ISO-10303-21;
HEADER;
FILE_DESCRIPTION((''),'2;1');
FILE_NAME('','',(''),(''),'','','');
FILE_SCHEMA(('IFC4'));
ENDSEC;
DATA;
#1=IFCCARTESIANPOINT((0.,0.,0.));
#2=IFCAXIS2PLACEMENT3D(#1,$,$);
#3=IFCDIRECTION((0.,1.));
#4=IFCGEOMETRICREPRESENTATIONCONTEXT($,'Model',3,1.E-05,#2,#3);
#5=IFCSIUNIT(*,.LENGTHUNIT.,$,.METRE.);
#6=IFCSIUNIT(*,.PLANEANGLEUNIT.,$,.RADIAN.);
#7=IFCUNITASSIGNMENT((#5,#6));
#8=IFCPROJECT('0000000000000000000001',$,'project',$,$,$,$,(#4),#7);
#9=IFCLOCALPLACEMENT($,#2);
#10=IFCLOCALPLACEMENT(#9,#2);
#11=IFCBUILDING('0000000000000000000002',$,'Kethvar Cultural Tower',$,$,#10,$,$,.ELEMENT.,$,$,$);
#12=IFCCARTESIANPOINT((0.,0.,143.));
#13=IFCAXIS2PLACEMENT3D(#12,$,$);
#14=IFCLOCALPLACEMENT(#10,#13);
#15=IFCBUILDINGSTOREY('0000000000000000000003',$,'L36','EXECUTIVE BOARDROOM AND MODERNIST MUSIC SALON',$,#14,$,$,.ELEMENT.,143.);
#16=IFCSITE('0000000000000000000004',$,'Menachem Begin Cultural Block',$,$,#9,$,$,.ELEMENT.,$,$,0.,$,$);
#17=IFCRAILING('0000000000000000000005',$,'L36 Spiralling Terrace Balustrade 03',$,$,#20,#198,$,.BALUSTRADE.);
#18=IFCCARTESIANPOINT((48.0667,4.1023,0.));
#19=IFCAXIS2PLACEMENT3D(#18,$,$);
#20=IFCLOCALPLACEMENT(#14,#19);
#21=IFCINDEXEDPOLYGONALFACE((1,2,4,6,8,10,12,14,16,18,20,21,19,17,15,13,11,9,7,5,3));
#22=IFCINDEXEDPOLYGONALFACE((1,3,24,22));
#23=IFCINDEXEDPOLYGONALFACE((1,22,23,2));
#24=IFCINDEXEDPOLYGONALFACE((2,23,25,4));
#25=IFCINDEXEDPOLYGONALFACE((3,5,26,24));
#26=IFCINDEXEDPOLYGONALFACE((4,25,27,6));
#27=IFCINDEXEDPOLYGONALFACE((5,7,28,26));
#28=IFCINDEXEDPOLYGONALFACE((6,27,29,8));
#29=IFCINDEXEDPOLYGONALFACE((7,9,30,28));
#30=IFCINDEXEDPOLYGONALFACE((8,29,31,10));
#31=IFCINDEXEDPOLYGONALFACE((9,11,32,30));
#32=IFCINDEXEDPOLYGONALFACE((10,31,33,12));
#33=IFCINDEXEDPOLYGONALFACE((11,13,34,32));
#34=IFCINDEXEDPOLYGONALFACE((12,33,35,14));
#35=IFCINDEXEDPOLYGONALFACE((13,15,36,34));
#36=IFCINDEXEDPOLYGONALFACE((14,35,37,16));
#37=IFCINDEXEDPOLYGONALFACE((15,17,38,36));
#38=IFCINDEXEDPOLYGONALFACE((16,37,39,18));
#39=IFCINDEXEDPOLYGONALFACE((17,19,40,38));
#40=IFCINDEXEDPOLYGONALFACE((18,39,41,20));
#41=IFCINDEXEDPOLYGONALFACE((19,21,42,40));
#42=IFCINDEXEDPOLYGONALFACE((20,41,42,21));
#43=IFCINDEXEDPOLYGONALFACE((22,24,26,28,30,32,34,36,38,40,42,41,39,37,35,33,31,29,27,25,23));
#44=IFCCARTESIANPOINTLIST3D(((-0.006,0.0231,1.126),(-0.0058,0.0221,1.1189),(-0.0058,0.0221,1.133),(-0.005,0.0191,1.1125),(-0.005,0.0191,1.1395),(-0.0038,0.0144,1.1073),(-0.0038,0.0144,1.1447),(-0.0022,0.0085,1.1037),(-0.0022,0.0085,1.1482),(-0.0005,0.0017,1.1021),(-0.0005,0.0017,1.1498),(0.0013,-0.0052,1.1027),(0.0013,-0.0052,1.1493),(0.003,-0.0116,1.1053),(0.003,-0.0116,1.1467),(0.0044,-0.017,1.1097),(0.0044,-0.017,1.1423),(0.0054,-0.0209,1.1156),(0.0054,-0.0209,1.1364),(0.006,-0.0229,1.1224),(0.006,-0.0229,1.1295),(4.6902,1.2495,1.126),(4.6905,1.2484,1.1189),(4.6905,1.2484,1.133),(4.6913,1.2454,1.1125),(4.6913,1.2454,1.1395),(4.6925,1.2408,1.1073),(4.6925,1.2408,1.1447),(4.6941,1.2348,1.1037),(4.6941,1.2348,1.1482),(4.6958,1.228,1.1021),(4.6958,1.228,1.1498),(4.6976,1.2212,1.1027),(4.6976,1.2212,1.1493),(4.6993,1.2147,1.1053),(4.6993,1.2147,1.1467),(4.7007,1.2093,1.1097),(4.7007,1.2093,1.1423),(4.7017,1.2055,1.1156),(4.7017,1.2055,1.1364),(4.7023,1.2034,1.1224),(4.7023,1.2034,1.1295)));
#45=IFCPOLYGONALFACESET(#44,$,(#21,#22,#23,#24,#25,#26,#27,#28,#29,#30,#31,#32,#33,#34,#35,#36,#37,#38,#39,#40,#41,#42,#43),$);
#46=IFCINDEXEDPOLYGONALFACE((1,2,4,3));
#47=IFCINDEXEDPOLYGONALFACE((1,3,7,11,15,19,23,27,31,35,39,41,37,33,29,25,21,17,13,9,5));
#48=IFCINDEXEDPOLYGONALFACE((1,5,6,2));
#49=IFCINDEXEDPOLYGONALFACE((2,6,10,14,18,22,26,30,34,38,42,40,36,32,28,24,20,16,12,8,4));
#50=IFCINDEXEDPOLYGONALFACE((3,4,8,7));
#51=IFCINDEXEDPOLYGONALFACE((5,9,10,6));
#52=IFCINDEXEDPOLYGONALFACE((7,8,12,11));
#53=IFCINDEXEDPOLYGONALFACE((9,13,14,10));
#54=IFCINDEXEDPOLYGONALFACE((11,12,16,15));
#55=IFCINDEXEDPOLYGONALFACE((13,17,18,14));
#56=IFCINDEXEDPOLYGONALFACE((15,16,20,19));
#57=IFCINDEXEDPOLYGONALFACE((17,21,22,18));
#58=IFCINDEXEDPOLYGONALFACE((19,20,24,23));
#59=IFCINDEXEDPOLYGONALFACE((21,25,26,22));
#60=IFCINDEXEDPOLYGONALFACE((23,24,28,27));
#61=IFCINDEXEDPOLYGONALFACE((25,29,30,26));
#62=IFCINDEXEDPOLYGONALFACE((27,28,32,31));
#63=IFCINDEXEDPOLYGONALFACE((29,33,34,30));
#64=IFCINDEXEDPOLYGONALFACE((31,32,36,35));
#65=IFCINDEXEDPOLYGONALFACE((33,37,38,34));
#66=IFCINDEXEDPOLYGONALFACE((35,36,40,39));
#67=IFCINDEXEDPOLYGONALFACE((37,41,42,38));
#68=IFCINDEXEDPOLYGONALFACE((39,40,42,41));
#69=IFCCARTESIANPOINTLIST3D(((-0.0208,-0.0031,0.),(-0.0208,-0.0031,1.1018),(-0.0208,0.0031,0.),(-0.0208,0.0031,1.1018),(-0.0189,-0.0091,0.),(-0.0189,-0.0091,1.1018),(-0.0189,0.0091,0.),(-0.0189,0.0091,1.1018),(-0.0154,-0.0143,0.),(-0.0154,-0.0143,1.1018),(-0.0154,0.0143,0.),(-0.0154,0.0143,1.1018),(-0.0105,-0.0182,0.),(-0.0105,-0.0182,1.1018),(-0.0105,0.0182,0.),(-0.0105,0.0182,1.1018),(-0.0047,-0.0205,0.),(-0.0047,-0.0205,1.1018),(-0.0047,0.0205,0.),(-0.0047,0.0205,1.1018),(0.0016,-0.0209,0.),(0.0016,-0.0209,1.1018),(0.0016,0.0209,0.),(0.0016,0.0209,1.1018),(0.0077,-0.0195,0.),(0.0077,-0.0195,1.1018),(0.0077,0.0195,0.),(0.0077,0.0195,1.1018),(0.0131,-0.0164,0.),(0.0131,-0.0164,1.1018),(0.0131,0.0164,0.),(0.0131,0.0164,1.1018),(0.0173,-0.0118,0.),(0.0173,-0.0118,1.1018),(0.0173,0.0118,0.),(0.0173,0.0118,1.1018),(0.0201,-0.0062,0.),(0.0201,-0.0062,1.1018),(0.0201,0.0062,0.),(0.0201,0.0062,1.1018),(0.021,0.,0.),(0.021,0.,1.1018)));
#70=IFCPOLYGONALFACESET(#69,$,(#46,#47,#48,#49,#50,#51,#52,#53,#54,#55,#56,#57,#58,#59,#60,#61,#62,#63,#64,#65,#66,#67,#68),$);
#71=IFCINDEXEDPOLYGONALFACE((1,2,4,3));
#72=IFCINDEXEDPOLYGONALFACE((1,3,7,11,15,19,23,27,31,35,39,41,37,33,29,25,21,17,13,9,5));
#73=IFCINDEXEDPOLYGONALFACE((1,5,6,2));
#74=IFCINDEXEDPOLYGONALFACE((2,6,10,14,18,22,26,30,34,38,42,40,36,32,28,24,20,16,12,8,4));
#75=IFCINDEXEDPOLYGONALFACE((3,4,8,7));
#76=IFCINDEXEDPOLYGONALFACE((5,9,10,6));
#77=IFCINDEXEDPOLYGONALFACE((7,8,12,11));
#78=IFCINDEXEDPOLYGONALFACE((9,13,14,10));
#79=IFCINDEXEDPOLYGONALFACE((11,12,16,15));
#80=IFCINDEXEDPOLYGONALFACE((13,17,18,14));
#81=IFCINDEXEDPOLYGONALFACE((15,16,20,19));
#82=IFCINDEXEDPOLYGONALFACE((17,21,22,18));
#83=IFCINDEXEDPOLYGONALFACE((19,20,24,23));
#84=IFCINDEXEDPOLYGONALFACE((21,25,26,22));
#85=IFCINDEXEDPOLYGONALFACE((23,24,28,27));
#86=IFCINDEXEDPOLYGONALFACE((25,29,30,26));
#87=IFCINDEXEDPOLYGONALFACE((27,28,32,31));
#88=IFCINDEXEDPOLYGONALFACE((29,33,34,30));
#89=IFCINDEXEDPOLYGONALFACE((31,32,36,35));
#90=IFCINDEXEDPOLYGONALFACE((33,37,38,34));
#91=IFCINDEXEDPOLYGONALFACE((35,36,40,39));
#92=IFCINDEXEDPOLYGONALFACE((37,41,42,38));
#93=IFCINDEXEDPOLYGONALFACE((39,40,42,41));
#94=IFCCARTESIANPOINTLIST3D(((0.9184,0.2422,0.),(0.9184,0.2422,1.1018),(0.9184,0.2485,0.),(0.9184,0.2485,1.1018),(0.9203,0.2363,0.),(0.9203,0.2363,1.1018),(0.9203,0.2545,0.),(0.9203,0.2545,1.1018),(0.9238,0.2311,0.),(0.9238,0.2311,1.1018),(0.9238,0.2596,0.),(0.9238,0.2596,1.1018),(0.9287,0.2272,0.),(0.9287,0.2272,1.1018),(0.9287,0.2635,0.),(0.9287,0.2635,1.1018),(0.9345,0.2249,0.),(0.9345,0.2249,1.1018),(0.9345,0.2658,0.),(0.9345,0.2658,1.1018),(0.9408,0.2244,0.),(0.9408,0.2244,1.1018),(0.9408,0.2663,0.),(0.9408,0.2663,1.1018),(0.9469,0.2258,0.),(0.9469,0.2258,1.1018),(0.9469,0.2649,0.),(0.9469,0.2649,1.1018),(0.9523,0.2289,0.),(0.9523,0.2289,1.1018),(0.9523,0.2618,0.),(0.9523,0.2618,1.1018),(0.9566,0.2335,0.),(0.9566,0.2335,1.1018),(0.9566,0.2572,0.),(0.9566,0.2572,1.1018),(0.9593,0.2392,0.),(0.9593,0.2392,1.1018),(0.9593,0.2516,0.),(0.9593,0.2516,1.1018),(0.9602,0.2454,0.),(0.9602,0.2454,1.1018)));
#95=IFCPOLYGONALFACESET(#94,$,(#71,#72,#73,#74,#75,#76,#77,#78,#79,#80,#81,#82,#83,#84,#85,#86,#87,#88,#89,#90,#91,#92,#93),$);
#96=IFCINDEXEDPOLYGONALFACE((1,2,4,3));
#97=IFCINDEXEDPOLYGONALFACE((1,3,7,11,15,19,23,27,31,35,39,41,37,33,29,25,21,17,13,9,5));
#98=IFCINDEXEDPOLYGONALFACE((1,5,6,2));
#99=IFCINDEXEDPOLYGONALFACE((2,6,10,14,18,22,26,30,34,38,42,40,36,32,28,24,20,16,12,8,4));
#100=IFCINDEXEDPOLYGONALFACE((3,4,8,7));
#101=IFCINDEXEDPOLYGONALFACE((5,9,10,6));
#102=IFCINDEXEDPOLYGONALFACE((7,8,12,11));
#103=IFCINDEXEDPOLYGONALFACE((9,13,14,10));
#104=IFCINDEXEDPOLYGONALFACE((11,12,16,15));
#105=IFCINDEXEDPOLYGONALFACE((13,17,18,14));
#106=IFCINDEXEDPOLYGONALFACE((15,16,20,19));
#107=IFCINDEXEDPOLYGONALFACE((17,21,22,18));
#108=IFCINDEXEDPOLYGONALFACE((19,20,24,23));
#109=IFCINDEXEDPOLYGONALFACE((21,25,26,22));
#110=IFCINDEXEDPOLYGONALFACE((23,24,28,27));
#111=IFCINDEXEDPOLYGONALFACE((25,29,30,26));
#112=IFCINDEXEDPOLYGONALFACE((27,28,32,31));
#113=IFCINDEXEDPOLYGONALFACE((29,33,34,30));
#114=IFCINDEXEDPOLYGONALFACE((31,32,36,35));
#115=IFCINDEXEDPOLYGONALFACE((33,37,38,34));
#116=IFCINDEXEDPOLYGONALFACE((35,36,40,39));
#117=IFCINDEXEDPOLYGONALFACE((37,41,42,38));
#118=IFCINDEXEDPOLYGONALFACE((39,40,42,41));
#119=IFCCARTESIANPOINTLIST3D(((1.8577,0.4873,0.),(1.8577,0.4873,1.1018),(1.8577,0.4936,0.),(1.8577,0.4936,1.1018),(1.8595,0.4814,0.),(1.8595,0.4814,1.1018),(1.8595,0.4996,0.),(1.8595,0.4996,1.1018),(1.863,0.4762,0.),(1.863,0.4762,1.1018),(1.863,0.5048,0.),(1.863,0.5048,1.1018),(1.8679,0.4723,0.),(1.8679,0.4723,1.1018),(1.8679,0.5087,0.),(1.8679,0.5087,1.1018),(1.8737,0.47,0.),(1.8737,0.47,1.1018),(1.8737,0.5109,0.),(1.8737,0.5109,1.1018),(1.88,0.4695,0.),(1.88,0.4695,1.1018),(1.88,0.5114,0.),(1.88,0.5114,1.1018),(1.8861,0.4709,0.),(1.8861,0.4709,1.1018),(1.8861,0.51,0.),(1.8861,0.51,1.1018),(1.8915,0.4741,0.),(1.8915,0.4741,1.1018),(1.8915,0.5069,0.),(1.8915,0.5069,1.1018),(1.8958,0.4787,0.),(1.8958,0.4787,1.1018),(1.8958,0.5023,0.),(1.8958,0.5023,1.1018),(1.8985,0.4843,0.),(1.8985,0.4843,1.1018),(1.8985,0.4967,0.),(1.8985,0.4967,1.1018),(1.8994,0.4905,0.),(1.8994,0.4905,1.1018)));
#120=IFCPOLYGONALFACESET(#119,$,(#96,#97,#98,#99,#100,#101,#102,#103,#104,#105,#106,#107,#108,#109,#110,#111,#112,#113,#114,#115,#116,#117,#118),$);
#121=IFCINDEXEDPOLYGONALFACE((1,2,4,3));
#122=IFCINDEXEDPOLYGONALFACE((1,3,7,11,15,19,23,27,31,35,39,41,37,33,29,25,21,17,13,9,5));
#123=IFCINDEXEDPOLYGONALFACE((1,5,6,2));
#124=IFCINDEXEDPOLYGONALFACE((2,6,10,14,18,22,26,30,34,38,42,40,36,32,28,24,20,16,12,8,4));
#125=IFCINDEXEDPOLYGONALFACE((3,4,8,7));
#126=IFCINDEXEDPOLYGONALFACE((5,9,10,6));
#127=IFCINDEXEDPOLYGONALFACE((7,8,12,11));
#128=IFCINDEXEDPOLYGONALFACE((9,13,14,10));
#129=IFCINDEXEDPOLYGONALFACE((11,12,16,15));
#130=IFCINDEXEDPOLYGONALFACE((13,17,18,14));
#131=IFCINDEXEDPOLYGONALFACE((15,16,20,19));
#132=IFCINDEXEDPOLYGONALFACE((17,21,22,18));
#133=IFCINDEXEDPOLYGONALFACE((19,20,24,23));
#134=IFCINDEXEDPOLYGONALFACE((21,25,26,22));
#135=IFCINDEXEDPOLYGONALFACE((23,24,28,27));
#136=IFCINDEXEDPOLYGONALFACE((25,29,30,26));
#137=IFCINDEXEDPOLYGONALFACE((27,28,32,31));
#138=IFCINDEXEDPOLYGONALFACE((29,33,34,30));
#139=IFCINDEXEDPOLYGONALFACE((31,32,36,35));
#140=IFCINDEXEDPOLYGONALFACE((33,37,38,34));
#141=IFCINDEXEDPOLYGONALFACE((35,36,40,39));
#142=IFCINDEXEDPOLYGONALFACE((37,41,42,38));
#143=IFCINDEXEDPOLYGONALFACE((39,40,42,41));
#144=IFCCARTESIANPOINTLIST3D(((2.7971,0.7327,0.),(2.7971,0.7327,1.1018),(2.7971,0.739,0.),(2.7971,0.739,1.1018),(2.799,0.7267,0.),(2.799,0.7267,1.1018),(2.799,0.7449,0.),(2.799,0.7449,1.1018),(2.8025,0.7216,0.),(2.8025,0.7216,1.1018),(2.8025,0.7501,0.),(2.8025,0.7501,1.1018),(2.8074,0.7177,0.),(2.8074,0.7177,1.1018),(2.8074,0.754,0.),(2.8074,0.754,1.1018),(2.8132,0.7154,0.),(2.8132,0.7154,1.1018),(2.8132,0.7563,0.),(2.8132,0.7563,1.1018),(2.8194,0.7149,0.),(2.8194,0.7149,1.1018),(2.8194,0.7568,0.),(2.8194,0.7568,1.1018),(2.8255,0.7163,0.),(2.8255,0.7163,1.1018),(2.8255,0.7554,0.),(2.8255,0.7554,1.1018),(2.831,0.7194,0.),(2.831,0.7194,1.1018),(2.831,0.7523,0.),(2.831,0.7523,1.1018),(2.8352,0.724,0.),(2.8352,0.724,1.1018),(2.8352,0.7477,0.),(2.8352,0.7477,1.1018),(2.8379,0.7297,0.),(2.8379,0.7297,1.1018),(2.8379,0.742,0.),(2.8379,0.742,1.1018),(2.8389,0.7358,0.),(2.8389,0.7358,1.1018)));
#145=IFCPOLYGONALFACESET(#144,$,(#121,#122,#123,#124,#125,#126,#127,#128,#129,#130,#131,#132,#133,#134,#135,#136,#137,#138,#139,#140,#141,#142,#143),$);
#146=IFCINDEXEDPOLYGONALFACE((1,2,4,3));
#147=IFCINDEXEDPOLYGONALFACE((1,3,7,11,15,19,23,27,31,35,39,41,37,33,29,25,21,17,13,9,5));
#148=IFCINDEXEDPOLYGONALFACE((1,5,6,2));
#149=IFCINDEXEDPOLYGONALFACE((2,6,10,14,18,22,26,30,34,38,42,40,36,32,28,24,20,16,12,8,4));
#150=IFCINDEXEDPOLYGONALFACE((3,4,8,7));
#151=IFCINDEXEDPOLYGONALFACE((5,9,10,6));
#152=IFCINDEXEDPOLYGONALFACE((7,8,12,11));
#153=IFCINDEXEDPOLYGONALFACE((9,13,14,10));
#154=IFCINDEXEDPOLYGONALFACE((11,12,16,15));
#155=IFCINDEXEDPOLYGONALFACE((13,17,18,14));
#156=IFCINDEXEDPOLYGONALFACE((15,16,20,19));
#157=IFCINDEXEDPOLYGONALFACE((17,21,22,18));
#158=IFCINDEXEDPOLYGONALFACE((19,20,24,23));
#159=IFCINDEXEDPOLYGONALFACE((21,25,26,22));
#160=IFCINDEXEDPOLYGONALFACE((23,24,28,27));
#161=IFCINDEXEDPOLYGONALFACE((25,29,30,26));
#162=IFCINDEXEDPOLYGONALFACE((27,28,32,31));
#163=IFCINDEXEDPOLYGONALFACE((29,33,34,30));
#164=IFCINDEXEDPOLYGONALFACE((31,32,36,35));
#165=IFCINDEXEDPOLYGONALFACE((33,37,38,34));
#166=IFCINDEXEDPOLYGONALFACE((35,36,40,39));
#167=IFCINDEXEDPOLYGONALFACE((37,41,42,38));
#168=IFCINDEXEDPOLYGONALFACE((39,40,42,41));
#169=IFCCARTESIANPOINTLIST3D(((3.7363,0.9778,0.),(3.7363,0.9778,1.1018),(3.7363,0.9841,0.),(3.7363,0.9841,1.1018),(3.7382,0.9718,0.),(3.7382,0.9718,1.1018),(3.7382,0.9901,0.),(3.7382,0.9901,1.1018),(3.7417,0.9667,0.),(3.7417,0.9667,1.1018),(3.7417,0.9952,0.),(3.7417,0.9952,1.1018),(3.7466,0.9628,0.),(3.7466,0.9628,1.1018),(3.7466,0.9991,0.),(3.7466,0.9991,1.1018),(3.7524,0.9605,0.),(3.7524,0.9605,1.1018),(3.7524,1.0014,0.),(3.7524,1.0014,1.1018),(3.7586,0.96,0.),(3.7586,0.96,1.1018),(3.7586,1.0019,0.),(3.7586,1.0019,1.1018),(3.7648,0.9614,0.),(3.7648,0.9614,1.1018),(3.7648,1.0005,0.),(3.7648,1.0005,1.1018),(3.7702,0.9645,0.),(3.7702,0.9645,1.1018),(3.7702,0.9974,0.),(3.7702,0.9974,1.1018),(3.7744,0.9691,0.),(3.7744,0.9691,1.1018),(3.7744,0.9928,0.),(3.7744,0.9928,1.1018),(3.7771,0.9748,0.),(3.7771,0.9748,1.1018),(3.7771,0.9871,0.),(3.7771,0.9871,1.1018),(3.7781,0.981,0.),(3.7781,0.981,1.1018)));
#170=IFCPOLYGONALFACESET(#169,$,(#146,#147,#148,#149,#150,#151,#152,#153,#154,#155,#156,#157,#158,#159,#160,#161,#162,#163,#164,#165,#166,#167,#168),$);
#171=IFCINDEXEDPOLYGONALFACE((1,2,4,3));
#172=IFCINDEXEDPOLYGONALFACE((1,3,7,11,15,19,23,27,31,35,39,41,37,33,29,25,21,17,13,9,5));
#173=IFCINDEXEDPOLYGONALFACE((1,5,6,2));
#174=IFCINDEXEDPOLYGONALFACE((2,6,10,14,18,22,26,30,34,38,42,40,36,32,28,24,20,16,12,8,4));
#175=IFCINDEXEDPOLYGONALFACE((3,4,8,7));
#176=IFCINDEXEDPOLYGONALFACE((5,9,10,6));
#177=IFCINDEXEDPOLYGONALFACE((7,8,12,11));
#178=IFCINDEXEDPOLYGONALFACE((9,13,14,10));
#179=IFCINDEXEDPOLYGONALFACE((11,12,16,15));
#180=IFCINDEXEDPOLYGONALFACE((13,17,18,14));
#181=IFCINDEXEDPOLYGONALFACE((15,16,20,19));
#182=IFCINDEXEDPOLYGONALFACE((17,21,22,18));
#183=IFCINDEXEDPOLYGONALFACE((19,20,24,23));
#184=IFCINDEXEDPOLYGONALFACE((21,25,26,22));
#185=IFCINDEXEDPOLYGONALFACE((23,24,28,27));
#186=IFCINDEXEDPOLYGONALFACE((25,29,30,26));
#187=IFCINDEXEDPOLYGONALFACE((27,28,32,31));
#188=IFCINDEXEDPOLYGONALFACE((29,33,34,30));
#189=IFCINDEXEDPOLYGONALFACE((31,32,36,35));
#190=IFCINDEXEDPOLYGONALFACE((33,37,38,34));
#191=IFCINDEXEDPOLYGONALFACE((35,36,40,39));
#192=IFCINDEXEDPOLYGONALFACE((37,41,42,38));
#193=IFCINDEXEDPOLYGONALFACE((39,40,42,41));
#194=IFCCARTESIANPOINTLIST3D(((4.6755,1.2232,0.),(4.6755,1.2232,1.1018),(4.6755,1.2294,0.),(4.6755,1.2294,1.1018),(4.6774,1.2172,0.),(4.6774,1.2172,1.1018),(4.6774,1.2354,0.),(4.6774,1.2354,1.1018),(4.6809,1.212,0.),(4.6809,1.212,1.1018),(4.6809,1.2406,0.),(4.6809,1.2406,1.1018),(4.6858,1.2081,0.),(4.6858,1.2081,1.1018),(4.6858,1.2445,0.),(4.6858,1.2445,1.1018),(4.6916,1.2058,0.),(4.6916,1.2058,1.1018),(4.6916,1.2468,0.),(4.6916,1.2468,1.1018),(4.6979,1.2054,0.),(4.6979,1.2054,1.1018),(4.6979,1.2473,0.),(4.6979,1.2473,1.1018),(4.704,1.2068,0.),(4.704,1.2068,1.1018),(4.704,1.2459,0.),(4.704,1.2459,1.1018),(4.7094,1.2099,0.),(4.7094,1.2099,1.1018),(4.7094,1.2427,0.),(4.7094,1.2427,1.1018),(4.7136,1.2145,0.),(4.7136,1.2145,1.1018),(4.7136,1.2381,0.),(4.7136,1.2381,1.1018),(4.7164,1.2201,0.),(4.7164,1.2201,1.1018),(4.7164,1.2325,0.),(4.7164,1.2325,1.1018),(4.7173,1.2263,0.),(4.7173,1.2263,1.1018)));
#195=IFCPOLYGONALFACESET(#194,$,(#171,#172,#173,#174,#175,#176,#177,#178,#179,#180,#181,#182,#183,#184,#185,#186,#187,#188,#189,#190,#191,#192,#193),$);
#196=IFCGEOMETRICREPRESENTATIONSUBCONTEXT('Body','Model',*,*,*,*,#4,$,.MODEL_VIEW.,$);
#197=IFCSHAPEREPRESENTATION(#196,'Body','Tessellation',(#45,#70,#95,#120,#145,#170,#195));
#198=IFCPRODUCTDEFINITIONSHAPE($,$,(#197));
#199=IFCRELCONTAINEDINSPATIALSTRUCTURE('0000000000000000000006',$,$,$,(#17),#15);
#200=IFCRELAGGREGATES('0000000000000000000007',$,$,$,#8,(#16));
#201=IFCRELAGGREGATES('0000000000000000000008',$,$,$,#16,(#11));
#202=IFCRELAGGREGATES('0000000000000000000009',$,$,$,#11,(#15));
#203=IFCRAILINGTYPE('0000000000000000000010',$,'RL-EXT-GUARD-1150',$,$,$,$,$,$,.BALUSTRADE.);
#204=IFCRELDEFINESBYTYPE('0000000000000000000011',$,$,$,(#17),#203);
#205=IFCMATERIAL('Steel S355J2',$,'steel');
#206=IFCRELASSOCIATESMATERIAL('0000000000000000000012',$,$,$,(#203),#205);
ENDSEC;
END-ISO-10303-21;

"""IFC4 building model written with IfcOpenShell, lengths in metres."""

from ifc_helpers import new_model, si_unit, direction, frame, origin, origin_2d, place, context, subcontext, project, spatial, circle, extrude, material, type_object, element, save


model = new_model("IFC4")

# Units and contexts
model_context = context("Model", 3, precision=1e-05, world=origin(), true_north=direction((0.0, 1.0)))
body_context = subcontext(model_context, "Body", "Model", "MODEL_VIEW")
ifc_project = project(units=[si_unit("LENGTHUNIT", "METRE"), si_unit("PLANEANGLEUNIT", "RADIAN")], contexts=[model_context])

# Site, building, storey
site_placement = place(None, origin())
site = spatial("IfcSite", under=ifc_project, at=site_placement, Name="Menachem Begin Cultural Block", CompositionType="ELEMENT", RefElevation=0.0)
building_placement = place(site_placement, origin())
building = spatial("IfcBuilding", under=site, at=building_placement, Name="Kethvar Cultural Tower", CompositionType="ELEMENT")
storey_placement = place(building_placement, frame((0.0, 0.0, 143.0)))
storey = spatial("IfcBuildingStorey", under=building, at=storey_placement, Name="L36", Description="EXECUTIVE BOARDROOM AND MODERNIST MUSIC SALON", CompositionType="ELEMENT", Elevation=143.0)

# Shared definitions
ifc_material_1 = material(Name="Steel S355J2", Category="steel")

# Railing
railing_type = type_object("IfcRailingType", Name="RL-EXT-GUARD-1150", PredefinedType="BALUSTRADE", material=ifc_material_1)
railing_1_placement = place(storey_placement, frame((48.0667, 4.1023, 0.0)))
element("IfcRailing", 1, at=railing_1_placement, inside=storey, type_object=railing_type, Name="L36 Spiralling Terrace Balustrade 03", PredefinedType="BALUSTRADE", context=body_context, shape_type="SweptSolid", body=[
    extrude(circle(Radius=0.0239, at=origin_2d()), frame((0.0, 0.0, 1.126), z_axis=(0.967557, 0.252653, 0.0), x_axis=(-0.252653, 0.967557, 0.0)), (0.0, 0.0, 1.0), 4.8538),
    extrude(circle(Radius=0.021, at=origin_2d()), origin(), (0.0, 0.0, 1.0), 1.1018),
    extrude(circle(Radius=0.021, at=origin_2d()), frame((0.9392, 0.2454, 0.0)), (0.0, 0.0, 1.0), 1.1018),
    extrude(circle(Radius=0.021, at=origin_2d()), frame((1.8784, 0.4905, 0.0)), (0.0, 0.0, 1.0), 1.1018),
    extrude(circle(Radius=0.021, at=origin_2d()), frame((2.8179, 0.7358, 0.0)), (0.0, 0.0, 1.0), 1.1018),
    extrude(circle(Radius=0.021, at=origin_2d()), frame((3.7571, 0.981, 0.0)), (0.0, 0.0, 1.0), 1.1018),
    extrude(circle(Radius=0.021, at=origin_2d()), frame((4.6963, 1.2263, 0.0)), (0.0, 0.0, 1.0), 1.1018),
])

save(model, "model.ifc")
